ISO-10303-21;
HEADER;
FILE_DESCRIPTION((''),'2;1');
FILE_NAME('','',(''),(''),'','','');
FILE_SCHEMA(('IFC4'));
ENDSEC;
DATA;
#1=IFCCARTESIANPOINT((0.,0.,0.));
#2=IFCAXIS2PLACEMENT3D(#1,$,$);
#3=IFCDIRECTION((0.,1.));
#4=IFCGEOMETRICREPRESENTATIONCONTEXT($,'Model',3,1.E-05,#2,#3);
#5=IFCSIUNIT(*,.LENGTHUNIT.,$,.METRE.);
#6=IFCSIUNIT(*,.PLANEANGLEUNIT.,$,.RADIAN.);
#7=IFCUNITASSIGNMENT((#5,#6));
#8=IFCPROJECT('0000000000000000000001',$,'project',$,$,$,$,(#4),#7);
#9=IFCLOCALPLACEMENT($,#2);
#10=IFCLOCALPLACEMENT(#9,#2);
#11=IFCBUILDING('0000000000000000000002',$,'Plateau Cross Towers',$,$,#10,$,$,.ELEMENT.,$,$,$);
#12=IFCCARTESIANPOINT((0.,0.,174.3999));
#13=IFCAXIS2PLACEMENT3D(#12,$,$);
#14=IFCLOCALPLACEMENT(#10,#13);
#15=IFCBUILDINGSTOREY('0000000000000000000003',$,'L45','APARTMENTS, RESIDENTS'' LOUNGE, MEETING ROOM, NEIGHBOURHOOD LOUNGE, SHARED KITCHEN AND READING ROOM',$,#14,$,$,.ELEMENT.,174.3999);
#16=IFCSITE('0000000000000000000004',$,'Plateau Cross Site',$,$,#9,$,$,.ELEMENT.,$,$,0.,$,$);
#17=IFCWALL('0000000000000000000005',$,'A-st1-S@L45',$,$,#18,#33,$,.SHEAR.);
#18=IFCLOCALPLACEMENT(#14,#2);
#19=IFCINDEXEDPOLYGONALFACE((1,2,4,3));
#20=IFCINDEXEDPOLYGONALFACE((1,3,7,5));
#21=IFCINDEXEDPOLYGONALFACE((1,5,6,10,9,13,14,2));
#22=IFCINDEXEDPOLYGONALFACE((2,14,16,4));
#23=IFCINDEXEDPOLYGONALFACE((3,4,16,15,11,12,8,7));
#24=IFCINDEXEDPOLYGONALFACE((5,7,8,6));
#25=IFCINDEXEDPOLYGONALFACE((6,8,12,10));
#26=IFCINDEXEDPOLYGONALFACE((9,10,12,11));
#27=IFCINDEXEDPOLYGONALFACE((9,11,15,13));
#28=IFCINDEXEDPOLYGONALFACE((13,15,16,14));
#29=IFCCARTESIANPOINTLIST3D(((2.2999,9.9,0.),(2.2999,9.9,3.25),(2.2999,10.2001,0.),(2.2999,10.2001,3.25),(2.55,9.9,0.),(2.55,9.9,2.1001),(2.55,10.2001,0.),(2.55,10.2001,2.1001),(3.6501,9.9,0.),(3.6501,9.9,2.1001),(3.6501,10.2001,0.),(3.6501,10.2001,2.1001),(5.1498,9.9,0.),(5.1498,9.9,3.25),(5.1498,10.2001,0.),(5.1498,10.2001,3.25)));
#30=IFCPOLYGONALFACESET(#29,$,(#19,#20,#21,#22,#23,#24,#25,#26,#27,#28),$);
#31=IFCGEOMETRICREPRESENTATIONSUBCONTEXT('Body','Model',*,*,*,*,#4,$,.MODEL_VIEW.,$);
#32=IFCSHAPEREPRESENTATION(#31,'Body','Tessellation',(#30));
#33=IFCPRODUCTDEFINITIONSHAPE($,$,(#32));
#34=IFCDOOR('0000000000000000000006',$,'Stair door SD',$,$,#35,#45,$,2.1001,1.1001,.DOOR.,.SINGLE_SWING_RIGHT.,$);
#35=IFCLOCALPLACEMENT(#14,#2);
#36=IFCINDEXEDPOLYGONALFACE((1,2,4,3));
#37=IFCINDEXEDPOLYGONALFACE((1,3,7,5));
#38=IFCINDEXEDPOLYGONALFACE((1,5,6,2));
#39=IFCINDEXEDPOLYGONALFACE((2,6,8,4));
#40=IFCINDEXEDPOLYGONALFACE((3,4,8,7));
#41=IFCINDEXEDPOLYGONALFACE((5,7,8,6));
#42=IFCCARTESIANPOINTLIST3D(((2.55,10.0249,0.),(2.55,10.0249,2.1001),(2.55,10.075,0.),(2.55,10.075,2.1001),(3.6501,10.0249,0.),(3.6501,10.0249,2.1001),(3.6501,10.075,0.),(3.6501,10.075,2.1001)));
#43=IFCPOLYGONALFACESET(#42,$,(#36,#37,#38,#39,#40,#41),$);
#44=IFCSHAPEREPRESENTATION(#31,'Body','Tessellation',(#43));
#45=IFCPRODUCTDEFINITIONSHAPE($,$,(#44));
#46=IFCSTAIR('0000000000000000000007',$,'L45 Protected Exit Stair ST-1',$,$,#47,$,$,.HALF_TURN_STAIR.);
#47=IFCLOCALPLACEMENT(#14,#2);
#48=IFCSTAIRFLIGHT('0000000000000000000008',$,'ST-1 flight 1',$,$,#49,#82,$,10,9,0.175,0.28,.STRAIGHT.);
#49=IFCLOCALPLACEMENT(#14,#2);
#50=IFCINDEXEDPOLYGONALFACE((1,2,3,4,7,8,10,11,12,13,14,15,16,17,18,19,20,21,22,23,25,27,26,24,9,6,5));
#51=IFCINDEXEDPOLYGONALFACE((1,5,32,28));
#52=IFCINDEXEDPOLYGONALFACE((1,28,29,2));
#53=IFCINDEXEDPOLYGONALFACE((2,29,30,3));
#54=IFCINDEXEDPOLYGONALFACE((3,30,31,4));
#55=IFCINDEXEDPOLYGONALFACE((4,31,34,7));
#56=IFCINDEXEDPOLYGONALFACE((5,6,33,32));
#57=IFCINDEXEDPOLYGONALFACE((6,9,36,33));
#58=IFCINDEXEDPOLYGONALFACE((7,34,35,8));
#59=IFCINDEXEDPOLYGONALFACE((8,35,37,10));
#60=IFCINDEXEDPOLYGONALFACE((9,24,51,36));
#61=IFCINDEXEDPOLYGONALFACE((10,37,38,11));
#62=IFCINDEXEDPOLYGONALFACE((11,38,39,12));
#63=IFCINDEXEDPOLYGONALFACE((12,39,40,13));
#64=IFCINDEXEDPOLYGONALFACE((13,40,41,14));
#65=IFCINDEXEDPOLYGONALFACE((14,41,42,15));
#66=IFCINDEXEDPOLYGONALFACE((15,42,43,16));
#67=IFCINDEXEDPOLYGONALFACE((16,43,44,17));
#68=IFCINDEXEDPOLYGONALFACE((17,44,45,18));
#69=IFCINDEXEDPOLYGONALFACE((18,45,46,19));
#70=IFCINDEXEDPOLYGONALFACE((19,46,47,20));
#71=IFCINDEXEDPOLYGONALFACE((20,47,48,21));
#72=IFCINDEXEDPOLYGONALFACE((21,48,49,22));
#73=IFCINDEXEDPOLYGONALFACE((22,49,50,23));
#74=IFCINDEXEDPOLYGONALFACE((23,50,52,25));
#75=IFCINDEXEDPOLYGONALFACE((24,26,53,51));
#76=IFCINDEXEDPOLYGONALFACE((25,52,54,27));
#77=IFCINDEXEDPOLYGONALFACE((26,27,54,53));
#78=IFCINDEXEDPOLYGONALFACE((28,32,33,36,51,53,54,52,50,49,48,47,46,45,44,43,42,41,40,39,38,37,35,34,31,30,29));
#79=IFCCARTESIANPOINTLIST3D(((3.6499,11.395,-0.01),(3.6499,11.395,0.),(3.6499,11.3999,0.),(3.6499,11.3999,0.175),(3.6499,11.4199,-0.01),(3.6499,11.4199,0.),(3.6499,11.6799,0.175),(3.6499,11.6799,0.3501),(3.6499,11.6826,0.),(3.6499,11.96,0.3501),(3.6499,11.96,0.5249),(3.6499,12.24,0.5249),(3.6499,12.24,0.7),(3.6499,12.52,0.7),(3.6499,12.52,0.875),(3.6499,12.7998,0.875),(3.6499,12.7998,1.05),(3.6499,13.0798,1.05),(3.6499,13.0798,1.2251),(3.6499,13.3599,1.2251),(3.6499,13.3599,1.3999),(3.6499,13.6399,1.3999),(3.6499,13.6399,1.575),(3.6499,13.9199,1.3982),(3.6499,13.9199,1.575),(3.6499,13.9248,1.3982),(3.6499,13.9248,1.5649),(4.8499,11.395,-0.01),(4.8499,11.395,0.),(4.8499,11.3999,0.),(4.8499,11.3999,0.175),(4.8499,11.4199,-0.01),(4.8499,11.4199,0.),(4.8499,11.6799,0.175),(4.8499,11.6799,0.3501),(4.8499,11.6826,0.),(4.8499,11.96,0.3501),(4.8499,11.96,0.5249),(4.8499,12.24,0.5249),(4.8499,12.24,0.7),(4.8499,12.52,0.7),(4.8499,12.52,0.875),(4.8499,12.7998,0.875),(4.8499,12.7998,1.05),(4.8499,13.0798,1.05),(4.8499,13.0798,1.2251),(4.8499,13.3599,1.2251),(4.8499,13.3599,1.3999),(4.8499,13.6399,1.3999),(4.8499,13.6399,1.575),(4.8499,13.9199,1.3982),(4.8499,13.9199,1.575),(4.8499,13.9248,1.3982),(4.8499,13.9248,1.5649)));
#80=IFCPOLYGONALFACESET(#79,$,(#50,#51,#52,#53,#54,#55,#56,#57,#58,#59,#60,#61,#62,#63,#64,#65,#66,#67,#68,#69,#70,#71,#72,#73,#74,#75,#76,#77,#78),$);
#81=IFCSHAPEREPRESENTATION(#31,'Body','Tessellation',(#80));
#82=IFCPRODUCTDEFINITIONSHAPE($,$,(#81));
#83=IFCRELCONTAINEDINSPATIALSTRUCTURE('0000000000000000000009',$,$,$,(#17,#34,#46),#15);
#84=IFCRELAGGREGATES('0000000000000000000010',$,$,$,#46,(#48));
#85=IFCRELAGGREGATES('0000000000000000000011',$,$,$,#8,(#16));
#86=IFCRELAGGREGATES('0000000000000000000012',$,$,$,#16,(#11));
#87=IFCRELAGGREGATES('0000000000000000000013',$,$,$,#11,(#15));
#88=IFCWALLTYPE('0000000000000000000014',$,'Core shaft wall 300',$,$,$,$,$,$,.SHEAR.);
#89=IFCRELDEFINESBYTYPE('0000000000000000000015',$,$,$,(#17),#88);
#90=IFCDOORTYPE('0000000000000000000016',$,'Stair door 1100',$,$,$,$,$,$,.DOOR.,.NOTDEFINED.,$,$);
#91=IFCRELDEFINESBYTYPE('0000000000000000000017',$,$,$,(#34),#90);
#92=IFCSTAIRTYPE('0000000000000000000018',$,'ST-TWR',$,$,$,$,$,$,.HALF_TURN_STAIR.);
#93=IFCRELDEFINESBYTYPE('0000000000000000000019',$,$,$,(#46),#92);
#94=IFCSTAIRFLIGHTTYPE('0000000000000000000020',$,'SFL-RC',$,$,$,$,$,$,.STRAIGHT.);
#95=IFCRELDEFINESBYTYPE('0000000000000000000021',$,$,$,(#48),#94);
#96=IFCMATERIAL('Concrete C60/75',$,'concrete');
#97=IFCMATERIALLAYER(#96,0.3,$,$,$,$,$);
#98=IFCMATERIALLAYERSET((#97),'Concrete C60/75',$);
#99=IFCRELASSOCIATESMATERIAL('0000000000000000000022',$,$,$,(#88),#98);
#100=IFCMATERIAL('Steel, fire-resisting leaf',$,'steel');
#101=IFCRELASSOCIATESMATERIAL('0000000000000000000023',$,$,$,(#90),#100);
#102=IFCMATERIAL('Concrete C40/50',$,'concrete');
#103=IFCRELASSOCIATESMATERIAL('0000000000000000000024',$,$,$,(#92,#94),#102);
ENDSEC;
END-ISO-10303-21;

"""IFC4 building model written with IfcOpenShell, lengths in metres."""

from ifc_helpers import new_model, si_unit, direction, frame, frame_2d, origin, place, context, subcontext, project, spatial, polyline, rectangle, outline, extrude, material, layer, layer_set, type_object, element, fill, aggregate, save


model = new_model("IFC4")

# Units and contexts
model_context = context("Model", 3, precision=1e-05, world=origin(), true_north=direction((0.0, 1.0)))
body_context = subcontext(model_context, "Body", "Model", "MODEL_VIEW")
ifc_project = project(units=[si_unit("LENGTHUNIT", "METRE"), si_unit("PLANEANGLEUNIT", "RADIAN")], contexts=[model_context])

# Site, building, storey
site_placement = place(None, origin())
site = spatial("IfcSite", under=ifc_project, at=site_placement, Name="Plateau Cross Site", CompositionType="ELEMENT", RefElevation=0.0)
building_placement = place(site_placement, origin())
building = spatial("IfcBuilding", under=site, at=building_placement, Name="Plateau Cross Towers", CompositionType="ELEMENT")
storey_placement = place(building_placement, frame((0.0, 0.0, 174.3999)))
storey = spatial("IfcBuildingStorey", under=building, at=storey_placement, Name="L45", Description="APARTMENTS, RESIDENTS' LOUNGE, MEETING ROOM, NEIGHBOURHOOD LOUNGE, SHARED KITCHEN AND READING ROOM", CompositionType="ELEMENT", Elevation=174.3999)

# Shared definitions
ifc_material_1 = material(Name="Concrete C60/75", Category="concrete")
ifc_layer_1 = layer(ifc_material_1, 0.3)
ifc_layer_set_1 = layer_set([ifc_layer_1], Name="Concrete C60/75")
wall_type = type_object("IfcWallType", Name="Core shaft wall 300", PredefinedType="SHEAR", material=ifc_layer_set_1)
ifc_material_2 = material(Name="Steel, fire-resisting leaf", Category="steel")
door_type_1 = type_object("IfcDoorType", Name="Stair door 1100", OperationType="NOTDEFINED", PredefinedType="DOOR", material=ifc_material_2)

# Wall, opening, door
wall_1_placement = place(storey_placement, frame((2.3, 10.05, 0.0), z_axis=(0.0, 0.0, 1.0), x_axis=(1.0, 0.0, 0.0)))
wall_1 = element("IfcWall", 1, at=wall_1_placement, inside=storey, type_object=wall_type, Name="A-st1-S@L45", PredefinedType="SHEAR", context=body_context, shape_type="SweptSolid", body=[
    extrude(rectangle(XDim=2.8499, YDim=0.3, at=frame_2d((1.4248, 0.0))), origin(), (0.0, 0.0, 1.0), 3.25),
])
opening_1_placement = place(wall_1_placement, frame((0.25, 0.0, 0.0)))
opening_1 = element("IfcOpeningElement", 2, at=opening_1_placement, cuts=wall_1, PredefinedType="OPENING", context=body_context, shape_type="SweptSolid", body=[
    extrude(rectangle(XDim=1.1001, YDim=2.1001, at=frame_2d((0.55, 1.05))), frame((0.0, 0.1599, 0.0), z_axis=(0.0, -1.0, 0.0), x_axis=(1.0, 0.0, 0.0)), (0.0, 0.0, 1.0), 0.3201),
])
door_1_placement = place(opening_1_placement, origin())
door_1 = element("IfcDoor", 3, at=door_1_placement, inside=storey, type_object=door_type_1, Name="Stair door SD", OperationType="SINGLE_SWING_RIGHT", OverallHeight=2.1001, OverallWidth=1.1001, PredefinedType="DOOR", context=body_context, shape_type="SweptSolid", body=[
    extrude(rectangle(XDim=1.1001, YDim=2.1001, at=frame_2d((0.55, 1.05))), frame((0.0, 0.0249, 0.0), z_axis=(0.0, -1.0, 0.0), x_axis=(1.0, 0.0, 0.0)), (0.0, 0.0, 1.0), 0.05),
])
fill(opening_1, door_1)

# Stair, stair flight
ifc_material_3 = material(Name="Concrete C40/50", Category="concrete")
stair_type = type_object("IfcStairType", Name="ST-TWR", PredefinedType="HALF_TURN_STAIR", material=ifc_material_3)
stair_placement = place(storey_placement, origin())
stair = element("IfcStair", 4, at=stair_placement, inside=storey, type_object=stair_type, Name="L45 Protected Exit Stair ST-1", PredefinedType="HALF_TURN_STAIR")
stair_flight_type = type_object("IfcStairFlightType", Name="SFL-RC", PredefinedType="STRAIGHT", material=ifc_material_3)
stair_flight_placement = place(storey_placement, frame((4.25, 11.3999, 0.0), z_axis=(0.0, 0.0, 1.0), x_axis=(0.0, 1.0, 0.0)))
stair_flight = element("IfcStairFlight", 5, at=stair_flight_placement, type_object=stair_flight_type, Name="ST-1 flight 1", NumberOfRisers=10, NumberOfTreads=9, PredefinedType="STRAIGHT", RiserHeight=0.175, TreadLength=0.28, context=body_context, shape_type="SweptSolid", body=[
    extrude(outline(polyline([(-0.0049, -0.01), (-0.0049, 0.0), (0.0, 0.0), (0.0, 0.175), (0.28, 0.175), (0.28, 0.3501), (0.5601, 0.3501), (0.5601, 0.5249), (0.8401, 0.5249), (0.8401, 0.7), (1.1201, 0.7), (1.1201, 0.875), (1.3999, 0.875), (1.3999, 1.05), (1.6799, 1.05), (1.6799, 1.2251), (1.96, 1.2251), (1.96, 1.3999), (2.24, 1.3999), (2.24, 1.575), (2.52, 1.575), (2.5249, 1.5649), (2.5249, 1.3982), (2.52, 1.3982), (0.2827, 0.0), (0.02, 0.0), (0.02, -0.01), (-0.0049, -0.01)])), frame((0.0, 0.6001, 0.0), z_axis=(0.0, -1.0, 0.0), x_axis=(1.0, 0.0, 0.0)), (0.0, 0.0, 1.0), 1.2),
])
aggregate(stair, [stair_flight])

save(model, "model.ifc")
